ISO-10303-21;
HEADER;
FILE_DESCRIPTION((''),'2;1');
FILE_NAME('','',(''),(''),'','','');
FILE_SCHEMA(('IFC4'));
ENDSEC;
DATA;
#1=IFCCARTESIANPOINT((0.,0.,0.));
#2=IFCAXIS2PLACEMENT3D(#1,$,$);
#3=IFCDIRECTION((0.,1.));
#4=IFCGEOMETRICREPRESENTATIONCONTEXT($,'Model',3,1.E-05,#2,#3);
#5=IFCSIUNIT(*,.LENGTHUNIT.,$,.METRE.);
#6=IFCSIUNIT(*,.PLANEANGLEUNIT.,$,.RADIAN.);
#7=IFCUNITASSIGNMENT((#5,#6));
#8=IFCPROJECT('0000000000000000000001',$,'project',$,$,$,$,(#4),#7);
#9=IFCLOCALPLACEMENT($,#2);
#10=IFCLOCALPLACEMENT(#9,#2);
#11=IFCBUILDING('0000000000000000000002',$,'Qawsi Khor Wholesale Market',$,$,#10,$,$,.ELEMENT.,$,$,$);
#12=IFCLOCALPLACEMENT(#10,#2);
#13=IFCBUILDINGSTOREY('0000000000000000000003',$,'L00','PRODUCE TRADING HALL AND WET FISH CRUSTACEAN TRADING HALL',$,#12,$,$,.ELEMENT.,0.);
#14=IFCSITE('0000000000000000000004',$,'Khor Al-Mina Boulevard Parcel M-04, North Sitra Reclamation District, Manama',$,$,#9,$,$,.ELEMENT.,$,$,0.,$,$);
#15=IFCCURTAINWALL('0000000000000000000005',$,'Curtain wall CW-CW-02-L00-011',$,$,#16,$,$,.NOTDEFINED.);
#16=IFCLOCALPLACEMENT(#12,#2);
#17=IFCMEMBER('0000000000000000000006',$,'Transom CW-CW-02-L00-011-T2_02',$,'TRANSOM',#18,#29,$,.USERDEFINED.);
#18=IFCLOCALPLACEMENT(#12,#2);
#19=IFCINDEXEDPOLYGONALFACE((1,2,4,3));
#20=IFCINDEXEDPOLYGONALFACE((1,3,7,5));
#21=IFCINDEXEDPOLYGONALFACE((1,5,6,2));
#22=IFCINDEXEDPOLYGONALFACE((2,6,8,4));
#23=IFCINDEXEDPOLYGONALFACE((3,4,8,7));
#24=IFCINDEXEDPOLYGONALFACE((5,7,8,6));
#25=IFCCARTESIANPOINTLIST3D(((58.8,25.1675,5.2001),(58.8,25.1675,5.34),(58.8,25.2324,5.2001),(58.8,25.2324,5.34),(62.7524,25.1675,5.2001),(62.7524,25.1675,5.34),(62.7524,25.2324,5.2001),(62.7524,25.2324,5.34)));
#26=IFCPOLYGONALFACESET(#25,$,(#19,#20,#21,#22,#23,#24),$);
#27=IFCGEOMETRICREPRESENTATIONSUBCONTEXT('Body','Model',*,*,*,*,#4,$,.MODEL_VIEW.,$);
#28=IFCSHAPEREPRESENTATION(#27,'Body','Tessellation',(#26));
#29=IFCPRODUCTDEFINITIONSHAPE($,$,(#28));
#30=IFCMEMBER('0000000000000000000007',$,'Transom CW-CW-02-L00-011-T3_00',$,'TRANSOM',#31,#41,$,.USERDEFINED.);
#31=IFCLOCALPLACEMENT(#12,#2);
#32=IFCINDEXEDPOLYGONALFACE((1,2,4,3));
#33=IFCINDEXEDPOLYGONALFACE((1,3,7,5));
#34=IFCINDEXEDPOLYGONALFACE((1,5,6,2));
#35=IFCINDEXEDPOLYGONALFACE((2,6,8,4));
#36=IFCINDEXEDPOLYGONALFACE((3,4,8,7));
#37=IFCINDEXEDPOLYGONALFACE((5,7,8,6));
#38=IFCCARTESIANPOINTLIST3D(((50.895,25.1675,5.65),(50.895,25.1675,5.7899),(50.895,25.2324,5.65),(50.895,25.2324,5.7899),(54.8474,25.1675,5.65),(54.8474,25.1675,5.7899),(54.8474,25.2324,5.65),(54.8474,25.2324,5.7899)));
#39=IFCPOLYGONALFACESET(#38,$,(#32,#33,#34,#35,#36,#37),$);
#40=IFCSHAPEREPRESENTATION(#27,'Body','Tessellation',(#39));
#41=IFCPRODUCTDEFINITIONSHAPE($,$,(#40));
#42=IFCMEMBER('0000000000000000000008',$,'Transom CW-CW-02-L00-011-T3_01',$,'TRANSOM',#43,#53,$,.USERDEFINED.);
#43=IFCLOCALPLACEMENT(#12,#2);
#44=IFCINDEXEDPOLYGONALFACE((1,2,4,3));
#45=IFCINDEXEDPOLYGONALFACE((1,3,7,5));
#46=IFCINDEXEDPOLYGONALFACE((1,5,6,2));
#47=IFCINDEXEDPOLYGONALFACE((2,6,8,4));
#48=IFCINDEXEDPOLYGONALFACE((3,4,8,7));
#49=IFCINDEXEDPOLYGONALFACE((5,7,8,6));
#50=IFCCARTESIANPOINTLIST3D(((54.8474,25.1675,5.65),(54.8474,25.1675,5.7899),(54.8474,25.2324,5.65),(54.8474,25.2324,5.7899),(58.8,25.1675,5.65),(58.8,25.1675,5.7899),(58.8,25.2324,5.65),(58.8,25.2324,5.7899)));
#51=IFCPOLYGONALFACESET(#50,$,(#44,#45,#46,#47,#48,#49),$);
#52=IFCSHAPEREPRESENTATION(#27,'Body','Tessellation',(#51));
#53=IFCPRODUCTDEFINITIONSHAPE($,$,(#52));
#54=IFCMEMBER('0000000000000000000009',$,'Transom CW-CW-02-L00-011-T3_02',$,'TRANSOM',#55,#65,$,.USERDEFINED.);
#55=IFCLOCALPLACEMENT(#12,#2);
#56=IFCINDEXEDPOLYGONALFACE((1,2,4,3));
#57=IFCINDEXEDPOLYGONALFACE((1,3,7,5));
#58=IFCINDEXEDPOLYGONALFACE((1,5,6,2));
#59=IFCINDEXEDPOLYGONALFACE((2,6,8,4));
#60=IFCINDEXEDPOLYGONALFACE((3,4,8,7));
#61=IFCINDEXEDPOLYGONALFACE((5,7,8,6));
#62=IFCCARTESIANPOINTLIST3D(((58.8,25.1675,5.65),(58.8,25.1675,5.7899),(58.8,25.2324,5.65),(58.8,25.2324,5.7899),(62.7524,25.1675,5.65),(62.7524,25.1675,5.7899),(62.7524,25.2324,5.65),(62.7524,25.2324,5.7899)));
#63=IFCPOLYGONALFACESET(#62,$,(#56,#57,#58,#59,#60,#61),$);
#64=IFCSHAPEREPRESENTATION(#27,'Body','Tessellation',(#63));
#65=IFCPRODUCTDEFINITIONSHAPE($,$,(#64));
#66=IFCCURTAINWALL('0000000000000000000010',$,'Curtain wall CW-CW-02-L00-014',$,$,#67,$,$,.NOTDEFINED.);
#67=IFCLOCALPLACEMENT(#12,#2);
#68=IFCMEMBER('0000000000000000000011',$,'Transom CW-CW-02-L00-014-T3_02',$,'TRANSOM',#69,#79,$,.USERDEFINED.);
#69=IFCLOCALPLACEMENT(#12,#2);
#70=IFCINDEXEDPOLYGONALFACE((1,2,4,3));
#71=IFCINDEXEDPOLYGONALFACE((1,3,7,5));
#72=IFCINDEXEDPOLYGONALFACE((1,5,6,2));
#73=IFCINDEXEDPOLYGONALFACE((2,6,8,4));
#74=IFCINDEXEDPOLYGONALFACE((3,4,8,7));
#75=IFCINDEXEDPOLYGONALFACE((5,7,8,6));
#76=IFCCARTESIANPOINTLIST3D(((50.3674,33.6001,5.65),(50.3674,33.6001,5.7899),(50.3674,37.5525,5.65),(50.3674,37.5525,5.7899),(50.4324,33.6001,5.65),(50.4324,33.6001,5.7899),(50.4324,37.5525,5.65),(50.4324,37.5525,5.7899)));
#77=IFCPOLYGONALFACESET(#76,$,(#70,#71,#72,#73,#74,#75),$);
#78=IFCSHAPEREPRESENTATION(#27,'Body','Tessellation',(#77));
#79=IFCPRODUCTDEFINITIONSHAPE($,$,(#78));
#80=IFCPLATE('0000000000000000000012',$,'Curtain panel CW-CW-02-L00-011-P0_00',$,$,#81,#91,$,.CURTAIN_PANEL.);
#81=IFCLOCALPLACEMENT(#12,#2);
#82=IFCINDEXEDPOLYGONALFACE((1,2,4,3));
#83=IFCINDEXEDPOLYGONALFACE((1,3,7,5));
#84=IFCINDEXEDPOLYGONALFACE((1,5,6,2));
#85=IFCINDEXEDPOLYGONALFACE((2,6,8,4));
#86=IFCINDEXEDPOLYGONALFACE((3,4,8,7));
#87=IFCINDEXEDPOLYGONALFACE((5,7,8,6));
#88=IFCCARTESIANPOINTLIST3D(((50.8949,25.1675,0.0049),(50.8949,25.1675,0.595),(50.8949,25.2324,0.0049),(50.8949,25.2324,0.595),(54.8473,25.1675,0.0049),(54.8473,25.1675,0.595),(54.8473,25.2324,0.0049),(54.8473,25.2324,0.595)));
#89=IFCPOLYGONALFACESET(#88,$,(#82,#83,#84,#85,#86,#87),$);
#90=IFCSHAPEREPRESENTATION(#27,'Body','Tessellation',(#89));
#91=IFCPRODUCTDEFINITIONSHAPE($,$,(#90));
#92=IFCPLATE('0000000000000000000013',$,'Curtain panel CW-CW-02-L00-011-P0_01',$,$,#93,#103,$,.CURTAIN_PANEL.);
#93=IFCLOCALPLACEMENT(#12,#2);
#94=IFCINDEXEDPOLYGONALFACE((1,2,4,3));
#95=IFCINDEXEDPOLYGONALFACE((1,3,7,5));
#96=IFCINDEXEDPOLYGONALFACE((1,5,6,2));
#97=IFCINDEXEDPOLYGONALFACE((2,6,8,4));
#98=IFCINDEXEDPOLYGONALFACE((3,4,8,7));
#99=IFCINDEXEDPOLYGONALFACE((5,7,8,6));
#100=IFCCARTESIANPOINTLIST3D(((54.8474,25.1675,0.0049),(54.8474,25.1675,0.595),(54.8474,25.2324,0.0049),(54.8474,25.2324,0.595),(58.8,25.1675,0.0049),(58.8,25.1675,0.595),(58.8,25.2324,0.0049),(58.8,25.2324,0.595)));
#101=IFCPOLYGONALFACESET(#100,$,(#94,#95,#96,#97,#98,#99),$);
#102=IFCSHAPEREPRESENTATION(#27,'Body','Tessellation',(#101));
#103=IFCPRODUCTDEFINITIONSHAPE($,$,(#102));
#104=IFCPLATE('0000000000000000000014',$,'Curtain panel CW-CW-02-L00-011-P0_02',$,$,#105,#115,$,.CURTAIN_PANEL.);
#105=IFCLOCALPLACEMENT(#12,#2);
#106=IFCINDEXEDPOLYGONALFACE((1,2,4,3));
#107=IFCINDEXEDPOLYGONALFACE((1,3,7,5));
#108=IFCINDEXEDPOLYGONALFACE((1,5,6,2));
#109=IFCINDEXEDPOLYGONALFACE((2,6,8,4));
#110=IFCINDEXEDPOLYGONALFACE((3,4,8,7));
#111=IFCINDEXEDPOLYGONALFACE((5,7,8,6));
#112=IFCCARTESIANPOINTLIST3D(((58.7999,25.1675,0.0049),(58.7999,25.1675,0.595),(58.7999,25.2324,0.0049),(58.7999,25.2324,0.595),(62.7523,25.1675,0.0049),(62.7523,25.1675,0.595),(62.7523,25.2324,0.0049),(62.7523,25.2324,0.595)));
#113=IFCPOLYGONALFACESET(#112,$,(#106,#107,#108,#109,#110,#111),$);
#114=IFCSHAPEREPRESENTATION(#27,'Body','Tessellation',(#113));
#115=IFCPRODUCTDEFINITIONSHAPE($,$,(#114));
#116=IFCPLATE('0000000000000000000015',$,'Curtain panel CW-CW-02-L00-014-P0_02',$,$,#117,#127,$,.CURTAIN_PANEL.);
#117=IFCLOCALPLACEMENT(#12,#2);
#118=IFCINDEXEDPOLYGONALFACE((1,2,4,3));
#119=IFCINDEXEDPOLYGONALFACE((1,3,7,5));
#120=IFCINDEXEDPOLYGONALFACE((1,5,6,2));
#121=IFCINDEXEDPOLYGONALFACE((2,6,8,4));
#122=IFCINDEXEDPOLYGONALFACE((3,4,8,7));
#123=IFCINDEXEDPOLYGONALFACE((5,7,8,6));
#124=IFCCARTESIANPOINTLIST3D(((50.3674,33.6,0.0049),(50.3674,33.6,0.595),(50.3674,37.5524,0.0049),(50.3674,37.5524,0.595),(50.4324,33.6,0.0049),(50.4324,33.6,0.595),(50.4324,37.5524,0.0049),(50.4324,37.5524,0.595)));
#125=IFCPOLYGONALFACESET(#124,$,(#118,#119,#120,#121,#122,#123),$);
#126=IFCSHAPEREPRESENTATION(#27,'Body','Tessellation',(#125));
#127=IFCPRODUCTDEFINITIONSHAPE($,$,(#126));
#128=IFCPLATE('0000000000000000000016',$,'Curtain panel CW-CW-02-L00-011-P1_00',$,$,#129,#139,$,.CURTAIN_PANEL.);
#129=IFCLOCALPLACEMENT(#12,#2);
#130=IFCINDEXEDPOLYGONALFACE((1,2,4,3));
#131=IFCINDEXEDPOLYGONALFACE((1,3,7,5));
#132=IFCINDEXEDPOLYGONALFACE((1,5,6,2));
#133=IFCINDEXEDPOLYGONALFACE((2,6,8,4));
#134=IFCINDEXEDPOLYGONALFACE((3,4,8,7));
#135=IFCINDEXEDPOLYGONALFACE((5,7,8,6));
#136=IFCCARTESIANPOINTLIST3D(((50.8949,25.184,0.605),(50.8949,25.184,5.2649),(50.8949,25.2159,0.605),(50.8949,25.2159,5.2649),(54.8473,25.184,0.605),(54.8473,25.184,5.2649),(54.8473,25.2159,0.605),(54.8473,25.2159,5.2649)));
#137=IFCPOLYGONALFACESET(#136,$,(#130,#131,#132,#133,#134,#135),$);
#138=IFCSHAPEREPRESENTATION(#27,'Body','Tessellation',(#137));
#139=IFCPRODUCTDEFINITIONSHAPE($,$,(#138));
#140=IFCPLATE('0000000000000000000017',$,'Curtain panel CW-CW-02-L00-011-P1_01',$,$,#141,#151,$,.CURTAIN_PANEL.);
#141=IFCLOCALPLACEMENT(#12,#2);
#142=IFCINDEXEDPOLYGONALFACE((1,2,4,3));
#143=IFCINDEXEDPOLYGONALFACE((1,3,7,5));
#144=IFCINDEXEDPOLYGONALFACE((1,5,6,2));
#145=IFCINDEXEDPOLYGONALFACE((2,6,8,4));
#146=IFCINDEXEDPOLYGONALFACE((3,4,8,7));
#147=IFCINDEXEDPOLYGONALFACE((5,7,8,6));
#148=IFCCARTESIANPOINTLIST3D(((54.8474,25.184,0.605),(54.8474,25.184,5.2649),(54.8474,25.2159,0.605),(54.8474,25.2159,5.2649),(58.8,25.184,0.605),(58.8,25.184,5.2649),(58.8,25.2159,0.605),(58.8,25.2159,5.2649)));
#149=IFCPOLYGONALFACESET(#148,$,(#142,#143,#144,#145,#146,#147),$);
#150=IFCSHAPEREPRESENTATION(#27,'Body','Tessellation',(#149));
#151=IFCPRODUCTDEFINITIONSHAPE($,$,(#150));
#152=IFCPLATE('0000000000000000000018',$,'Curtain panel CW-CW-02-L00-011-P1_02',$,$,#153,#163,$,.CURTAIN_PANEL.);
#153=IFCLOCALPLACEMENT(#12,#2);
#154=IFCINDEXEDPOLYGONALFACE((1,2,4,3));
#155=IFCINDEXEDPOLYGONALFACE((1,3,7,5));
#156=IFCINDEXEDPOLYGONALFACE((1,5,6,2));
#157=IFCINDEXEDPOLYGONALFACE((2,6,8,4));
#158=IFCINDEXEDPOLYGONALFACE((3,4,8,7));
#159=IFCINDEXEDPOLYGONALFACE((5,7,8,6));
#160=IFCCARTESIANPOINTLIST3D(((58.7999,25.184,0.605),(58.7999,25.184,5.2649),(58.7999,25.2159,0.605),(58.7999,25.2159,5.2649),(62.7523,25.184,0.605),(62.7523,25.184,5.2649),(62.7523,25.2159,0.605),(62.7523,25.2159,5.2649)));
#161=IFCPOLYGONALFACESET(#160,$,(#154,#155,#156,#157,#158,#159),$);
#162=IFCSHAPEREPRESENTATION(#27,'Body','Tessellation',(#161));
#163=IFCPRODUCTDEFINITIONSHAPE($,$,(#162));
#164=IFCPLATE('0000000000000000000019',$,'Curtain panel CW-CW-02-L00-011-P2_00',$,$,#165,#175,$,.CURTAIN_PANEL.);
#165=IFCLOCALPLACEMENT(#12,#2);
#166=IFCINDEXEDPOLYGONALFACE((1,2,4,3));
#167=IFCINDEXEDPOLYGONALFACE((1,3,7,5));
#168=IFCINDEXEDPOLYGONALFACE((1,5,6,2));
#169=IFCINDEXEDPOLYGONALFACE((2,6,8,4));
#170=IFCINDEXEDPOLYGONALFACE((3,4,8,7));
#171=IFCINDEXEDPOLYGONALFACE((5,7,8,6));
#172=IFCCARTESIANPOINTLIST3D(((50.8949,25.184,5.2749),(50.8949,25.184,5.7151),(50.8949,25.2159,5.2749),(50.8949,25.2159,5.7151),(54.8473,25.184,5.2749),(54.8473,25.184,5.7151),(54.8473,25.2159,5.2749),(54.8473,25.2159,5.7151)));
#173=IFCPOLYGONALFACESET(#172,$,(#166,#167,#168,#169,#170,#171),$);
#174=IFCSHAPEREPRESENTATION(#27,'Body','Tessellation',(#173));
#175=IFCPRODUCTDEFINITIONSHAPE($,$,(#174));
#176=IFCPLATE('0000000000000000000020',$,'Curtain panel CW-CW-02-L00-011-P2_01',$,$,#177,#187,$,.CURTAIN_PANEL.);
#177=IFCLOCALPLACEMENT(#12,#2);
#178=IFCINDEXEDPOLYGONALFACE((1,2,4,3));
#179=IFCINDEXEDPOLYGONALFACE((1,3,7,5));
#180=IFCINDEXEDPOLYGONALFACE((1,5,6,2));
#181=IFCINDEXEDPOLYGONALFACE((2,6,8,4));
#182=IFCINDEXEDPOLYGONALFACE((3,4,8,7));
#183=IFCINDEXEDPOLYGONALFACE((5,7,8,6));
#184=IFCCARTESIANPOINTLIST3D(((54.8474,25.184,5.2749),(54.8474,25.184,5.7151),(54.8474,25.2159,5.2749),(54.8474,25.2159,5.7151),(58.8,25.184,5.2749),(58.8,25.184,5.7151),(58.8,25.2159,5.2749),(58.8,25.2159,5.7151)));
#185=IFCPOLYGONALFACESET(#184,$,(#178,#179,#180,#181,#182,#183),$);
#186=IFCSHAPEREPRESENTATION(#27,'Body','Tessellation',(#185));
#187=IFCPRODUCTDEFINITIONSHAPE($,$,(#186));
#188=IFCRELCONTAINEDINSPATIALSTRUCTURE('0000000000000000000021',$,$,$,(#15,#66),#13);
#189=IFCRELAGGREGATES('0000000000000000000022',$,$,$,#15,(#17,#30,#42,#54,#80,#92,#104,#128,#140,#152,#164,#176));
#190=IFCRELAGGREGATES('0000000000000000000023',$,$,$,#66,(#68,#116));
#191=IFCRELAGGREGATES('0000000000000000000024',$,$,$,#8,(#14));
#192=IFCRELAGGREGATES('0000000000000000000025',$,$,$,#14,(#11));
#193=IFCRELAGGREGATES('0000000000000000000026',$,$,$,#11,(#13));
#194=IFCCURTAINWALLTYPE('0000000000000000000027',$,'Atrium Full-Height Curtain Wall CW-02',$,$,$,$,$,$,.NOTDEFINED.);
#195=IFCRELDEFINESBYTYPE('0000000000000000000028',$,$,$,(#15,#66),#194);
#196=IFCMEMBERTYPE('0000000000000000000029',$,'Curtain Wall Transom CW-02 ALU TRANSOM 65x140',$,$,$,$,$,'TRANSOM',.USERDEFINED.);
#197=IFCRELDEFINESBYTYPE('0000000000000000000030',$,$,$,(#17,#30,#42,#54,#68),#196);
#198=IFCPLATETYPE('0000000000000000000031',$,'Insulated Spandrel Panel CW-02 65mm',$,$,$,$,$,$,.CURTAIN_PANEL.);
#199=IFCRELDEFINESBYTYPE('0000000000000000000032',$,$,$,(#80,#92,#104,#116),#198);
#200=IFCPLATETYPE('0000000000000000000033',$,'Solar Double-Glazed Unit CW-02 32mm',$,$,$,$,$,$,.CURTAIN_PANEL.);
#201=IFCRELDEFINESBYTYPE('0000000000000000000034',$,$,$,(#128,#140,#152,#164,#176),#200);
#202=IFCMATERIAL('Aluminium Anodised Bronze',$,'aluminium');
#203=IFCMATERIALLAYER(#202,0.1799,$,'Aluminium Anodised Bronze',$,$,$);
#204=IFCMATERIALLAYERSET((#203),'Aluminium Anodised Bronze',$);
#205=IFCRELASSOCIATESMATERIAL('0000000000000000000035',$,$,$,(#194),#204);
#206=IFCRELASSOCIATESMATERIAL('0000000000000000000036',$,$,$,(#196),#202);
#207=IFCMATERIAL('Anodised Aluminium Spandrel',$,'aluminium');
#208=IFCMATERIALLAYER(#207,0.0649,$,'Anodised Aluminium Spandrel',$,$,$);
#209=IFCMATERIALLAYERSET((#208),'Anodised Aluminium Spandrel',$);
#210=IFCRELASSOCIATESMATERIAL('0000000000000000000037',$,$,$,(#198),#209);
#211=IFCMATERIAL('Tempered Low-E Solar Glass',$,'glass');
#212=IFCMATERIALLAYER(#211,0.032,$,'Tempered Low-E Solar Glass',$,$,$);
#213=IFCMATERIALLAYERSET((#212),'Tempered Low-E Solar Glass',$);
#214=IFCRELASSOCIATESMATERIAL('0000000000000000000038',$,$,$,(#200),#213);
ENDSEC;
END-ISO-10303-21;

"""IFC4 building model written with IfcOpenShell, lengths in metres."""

from ifc_helpers import new_model, si_unit, direction, frame, frame_2d, origin, origin_2d, place, context, subcontext, project, spatial, rectangle, extrude, material, layer, layer_set, material_profile, profile_set, type_object, element, aggregate, save


model = new_model("IFC4")

# Units and contexts
model_context = context("Model", 3, precision=1e-05, world=origin(), true_north=direction((0.0, 1.0)))
body_context = subcontext(model_context, "Body", "Model", "MODEL_VIEW")
ifc_project = project(units=[si_unit("LENGTHUNIT", "METRE"), si_unit("PLANEANGLEUNIT", "RADIAN")], contexts=[model_context])

# Site, building, storey
site_placement = place(None, origin())
site = spatial("IfcSite", under=ifc_project, at=site_placement, Name="Khor Al-Mina Boulevard Parcel M-04, North Sitra Reclamation District, Manama", CompositionType="ELEMENT", RefElevation=0.0)
building_placement = place(site_placement, origin())
building = spatial("IfcBuilding", under=site, at=building_placement, Name="Qawsi Khor Wholesale Market", CompositionType="ELEMENT")
storey_placement = place(building_placement, origin())
storey = spatial("IfcBuildingStorey", under=building, at=storey_placement, Name="L00", Description="PRODUCE TRADING HALL AND WET FISH CRUSTACEAN TRADING HALL", CompositionType="ELEMENT", Elevation=0.0)

# Curtain wall, members
ifc_material_1 = material(Name="Aluminium Anodised Bronze", Category="aluminium")
ifc_layer_1 = layer(ifc_material_1, 0.1799, Name="Aluminium Anodised Bronze")
ifc_layer_set_1 = layer_set([ifc_layer_1], Name="Aluminium Anodised Bronze")
curtain_wall_type = type_object("IfcCurtainWallType", Name="Atrium Full-Height Curtain Wall CW-02", PredefinedType="NOTDEFINED", material=ifc_layer_set_1)
curtain_wall_1_placement = place(storey_placement, origin())
curtain_wall_1 = element("IfcCurtainWall", 1, at=curtain_wall_1_placement, inside=storey, type_object=curtain_wall_type, Name="Curtain wall CW-CW-02-L00-011", PredefinedType="NOTDEFINED")
ifc_material_profile_1 = material_profile(ifc_material_1, rectangle(XDim=0.0649, YDim=0.1399, at=origin_2d()), Name="ALU TRANSOM 65x140")
ifc_profile_set_1 = profile_set([ifc_material_profile_1], Name="Aluminium Anodised Bronze")
member_type_1 = type_object("IfcMemberType", Name="Curtain Wall Transom CW-02 ALU TRANSOM 65x140", ElementType="TRANSOM", PredefinedType="USERDEFINED", material=ifc_profile_set_1)
member_1_placement = place(storey_placement, frame((58.8, 25.2, 5.27), z_axis=(1.0, 0.0, 0.0), x_axis=(0.0, 1.0, 0.0)))
member_1 = element("IfcMember", 2, at=member_1_placement, type_object=member_type_1, Name="Transom CW-CW-02-L00-011-T2_02", ObjectType="TRANSOM", PredefinedType="USERDEFINED", context=body_context, shape_type="SweptSolid", body=[
    extrude(rectangle(XDim=0.0649, YDim=0.1399, at=origin_2d()), origin(), (0.0, 0.0, 1.0), 3.9524),
])
member_2_placement = place(storey_placement, frame((50.895, 25.2, 5.72), z_axis=(1.0, 0.0, 0.0), x_axis=(0.0, 1.0, 0.0)))
member_2 = element("IfcMember", 3, at=member_2_placement, type_object=member_type_1, Name="Transom CW-CW-02-L00-011-T3_00", ObjectType="TRANSOM", PredefinedType="USERDEFINED", context=body_context, shape_type="SweptSolid", body=[
    extrude(rectangle(XDim=0.0649, YDim=0.1399, at=origin_2d()), origin(), (0.0, 0.0, 1.0), 3.9524),
])
member_3_placement = place(storey_placement, frame((54.8474, 25.2, 5.72), z_axis=(1.0, 0.0, 0.0), x_axis=(0.0, 1.0, 0.0)))
member_3 = element("IfcMember", 4, at=member_3_placement, type_object=member_type_1, Name="Transom CW-CW-02-L00-011-T3_01", ObjectType="TRANSOM", PredefinedType="USERDEFINED", context=body_context, shape_type="SweptSolid", body=[
    extrude(rectangle(XDim=0.0649, YDim=0.1399, at=origin_2d()), origin(), (0.0, 0.0, 1.0), 3.9526),
])
member_4_placement = place(storey_placement, frame((58.8, 25.2, 5.72), z_axis=(1.0, 0.0, 0.0), x_axis=(0.0, 1.0, 0.0)))
member_4 = element("IfcMember", 5, at=member_4_placement, type_object=member_type_1, Name="Transom CW-CW-02-L00-011-T3_02", ObjectType="TRANSOM", PredefinedType="USERDEFINED", context=body_context, shape_type="SweptSolid", body=[
    extrude(rectangle(XDim=0.0649, YDim=0.1399, at=origin_2d()), origin(), (0.0, 0.0, 1.0), 3.9524),
])

# Curtain wall, member
curtain_wall_2_placement = place(storey_placement, origin())
curtain_wall_2 = element("IfcCurtainWall", 6, at=curtain_wall_2_placement, inside=storey, type_object=curtain_wall_type, Name="Curtain wall CW-CW-02-L00-014", PredefinedType="NOTDEFINED")
member_5_placement = place(storey_placement, frame((50.3999, 33.6001, 5.72), z_axis=(0.0, 1.0, 0.0), x_axis=(-1.0, 0.0, 0.0)))
member_5 = element("IfcMember", 7, at=member_5_placement, type_object=member_type_1, Name="Transom CW-CW-02-L00-014-T3_02", ObjectType="TRANSOM", PredefinedType="USERDEFINED", context=body_context, shape_type="SweptSolid", body=[
    extrude(rectangle(XDim=0.0649, YDim=0.1399, at=origin_2d()), origin(), (0.0, 0.0, 1.0), 3.9524),
])

# Plates
ifc_material_2 = material(Name="Anodised Aluminium Spandrel", Category="aluminium")
ifc_layer_2 = layer(ifc_material_2, 0.0649, Name="Anodised Aluminium Spandrel")
ifc_layer_set_2 = layer_set([ifc_layer_2], Name="Anodised Aluminium Spandrel")
plate_type_1 = type_object("IfcPlateType", Name="Insulated Spandrel Panel CW-02 65mm", PredefinedType="CURTAIN_PANEL", material=ifc_layer_set_2)
plate_1_placement = place(storey_placement, frame((50.895, 25.2, 0.0049), z_axis=(0.0, 0.0, 1.0), x_axis=(1.0, 0.0, 0.0)))
plate_1 = element("IfcPlate", 8, at=plate_1_placement, type_object=plate_type_1, Name="Curtain panel CW-CW-02-L00-011-P0_00", PredefinedType="CURTAIN_PANEL", context=body_context, shape_type="SweptSolid", body=[
    extrude(rectangle(XDim=3.9524, YDim=0.0649, at=frame_2d((1.9761, 0.0))), origin(), (0.0, 0.0, 1.0), 0.5901),
])
plate_2_placement = place(storey_placement, frame((54.8474, 25.2, 0.0049), z_axis=(0.0, 0.0, 1.0), x_axis=(1.0, 0.0, 0.0)))
plate_2 = element("IfcPlate", 9, at=plate_2_placement, type_object=plate_type_1, Name="Curtain panel CW-CW-02-L00-011-P0_01", PredefinedType="CURTAIN_PANEL", context=body_context, shape_type="SweptSolid", body=[
    extrude(rectangle(XDim=3.9526, YDim=0.0649, at=frame_2d((1.9763, 0.0))), origin(), (0.0, 0.0, 1.0), 0.5901),
])
plate_3_placement = place(storey_placement, frame((58.8, 25.2, 0.0049), z_axis=(0.0, 0.0, 1.0), x_axis=(1.0, 0.0, 0.0)))
plate_3 = element("IfcPlate", 10, at=plate_3_placement, type_object=plate_type_1, Name="Curtain panel CW-CW-02-L00-011-P0_02", PredefinedType="CURTAIN_PANEL", context=body_context, shape_type="SweptSolid", body=[
    extrude(rectangle(XDim=3.9524, YDim=0.0649, at=frame_2d((1.9761, 0.0))), origin(), (0.0, 0.0, 1.0), 0.5901),
])
plate_4_placement = place(storey_placement, frame((50.3999, 33.6001, 0.0049), z_axis=(0.0, 0.0, 1.0), x_axis=(0.0, 1.0, 0.0)))
plate_4 = element("IfcPlate", 11, at=plate_4_placement, type_object=plate_type_1, Name="Curtain panel CW-CW-02-L00-014-P0_02", PredefinedType="CURTAIN_PANEL", context=body_context, shape_type="SweptSolid", body=[
    extrude(rectangle(XDim=3.9524, YDim=0.0649, at=frame_2d((1.9761, 0.0))), origin(), (0.0, 0.0, 1.0), 0.5901),
])
ifc_material_3 = material(Name="Tempered Low-E Solar Glass", Category="glass")
ifc_layer_3 = layer(ifc_material_3, 0.032, Name="Tempered Low-E Solar Glass")
ifc_layer_set_3 = layer_set([ifc_layer_3], Name="Tempered Low-E Solar Glass")
plate_type_2 = type_object("IfcPlateType", Name="Solar Double-Glazed Unit CW-02 32mm", PredefinedType="CURTAIN_PANEL", material=ifc_layer_set_3)
plate_5_placement = place(storey_placement, frame((50.895, 25.2, 0.605), z_axis=(0.0, 0.0, 1.0), x_axis=(1.0, 0.0, 0.0)))
plate_5 = element("IfcPlate", 12, at=plate_5_placement, type_object=plate_type_2, Name="Curtain panel CW-CW-02-L00-011-P1_00", PredefinedType="CURTAIN_PANEL", context=body_context, shape_type="SweptSolid", body=[
    extrude(rectangle(XDim=3.9524, YDim=0.032, at=frame_2d((1.9761, 0.0))), origin(), (0.0, 0.0, 1.0), 4.6599),
])
plate_6_placement = place(storey_placement, frame((54.8474, 25.2, 0.605), z_axis=(0.0, 0.0, 1.0), x_axis=(1.0, 0.0, 0.0)))
plate_6 = element("IfcPlate", 13, at=plate_6_placement, type_object=plate_type_2, Name="Curtain panel CW-CW-02-L00-011-P1_01", PredefinedType="CURTAIN_PANEL", context=body_context, shape_type="SweptSolid", body=[
    extrude(rectangle(XDim=3.9526, YDim=0.032, at=frame_2d((1.9763, 0.0))), origin(), (0.0, 0.0, 1.0), 4.6599),
])
plate_7_placement = place(storey_placement, frame((58.8, 25.2, 0.605), z_axis=(0.0, 0.0, 1.0), x_axis=(1.0, 0.0, 0.0)))
plate_7 = element("IfcPlate", 14, at=plate_7_placement, type_object=plate_type_2, Name="Curtain panel CW-CW-02-L00-011-P1_02", PredefinedType="CURTAIN_PANEL", context=body_context, shape_type="SweptSolid", body=[
    extrude(rectangle(XDim=3.9524, YDim=0.032, at=frame_2d((1.9761, 0.0))), origin(), (0.0, 0.0, 1.0), 4.6599),
])
plate_8_placement = place(storey_placement, frame((50.895, 25.2, 5.2749), z_axis=(0.0, 0.0, 1.0), x_axis=(1.0, 0.0, 0.0)))
plate_8 = element("IfcPlate", 15, at=plate_8_placement, type_object=plate_type_2, Name="Curtain panel CW-CW-02-L00-011-P2_00", PredefinedType="CURTAIN_PANEL", context=body_context, shape_type="SweptSolid", body=[
    extrude(rectangle(XDim=3.9524, YDim=0.032, at=frame_2d((1.9761, 0.0))), origin(), (0.0, 0.0, 1.0), 0.4402),
])
plate_9_placement = place(storey_placement, frame((54.8474, 25.2, 5.2749), z_axis=(0.0, 0.0, 1.0), x_axis=(1.0, 0.0, 0.0)))
plate_9 = element("IfcPlate", 16, at=plate_9_placement, type_object=plate_type_2, Name="Curtain panel CW-CW-02-L00-011-P2_01", PredefinedType="CURTAIN_PANEL", context=body_context, shape_type="SweptSolid", body=[
    extrude(rectangle(XDim=3.9526, YDim=0.032, at=frame_2d((1.9763, 0.0))), origin(), (0.0, 0.0, 1.0), 0.4402),
])
aggregate(curtain_wall_1, [member_1, member_2, member_3, member_4, plate_1, plate_2, plate_3, plate_5, plate_6, plate_7, plate_8, plate_9])
aggregate(curtain_wall_2, [member_5, plate_4])

save(model, "model.ifc")
